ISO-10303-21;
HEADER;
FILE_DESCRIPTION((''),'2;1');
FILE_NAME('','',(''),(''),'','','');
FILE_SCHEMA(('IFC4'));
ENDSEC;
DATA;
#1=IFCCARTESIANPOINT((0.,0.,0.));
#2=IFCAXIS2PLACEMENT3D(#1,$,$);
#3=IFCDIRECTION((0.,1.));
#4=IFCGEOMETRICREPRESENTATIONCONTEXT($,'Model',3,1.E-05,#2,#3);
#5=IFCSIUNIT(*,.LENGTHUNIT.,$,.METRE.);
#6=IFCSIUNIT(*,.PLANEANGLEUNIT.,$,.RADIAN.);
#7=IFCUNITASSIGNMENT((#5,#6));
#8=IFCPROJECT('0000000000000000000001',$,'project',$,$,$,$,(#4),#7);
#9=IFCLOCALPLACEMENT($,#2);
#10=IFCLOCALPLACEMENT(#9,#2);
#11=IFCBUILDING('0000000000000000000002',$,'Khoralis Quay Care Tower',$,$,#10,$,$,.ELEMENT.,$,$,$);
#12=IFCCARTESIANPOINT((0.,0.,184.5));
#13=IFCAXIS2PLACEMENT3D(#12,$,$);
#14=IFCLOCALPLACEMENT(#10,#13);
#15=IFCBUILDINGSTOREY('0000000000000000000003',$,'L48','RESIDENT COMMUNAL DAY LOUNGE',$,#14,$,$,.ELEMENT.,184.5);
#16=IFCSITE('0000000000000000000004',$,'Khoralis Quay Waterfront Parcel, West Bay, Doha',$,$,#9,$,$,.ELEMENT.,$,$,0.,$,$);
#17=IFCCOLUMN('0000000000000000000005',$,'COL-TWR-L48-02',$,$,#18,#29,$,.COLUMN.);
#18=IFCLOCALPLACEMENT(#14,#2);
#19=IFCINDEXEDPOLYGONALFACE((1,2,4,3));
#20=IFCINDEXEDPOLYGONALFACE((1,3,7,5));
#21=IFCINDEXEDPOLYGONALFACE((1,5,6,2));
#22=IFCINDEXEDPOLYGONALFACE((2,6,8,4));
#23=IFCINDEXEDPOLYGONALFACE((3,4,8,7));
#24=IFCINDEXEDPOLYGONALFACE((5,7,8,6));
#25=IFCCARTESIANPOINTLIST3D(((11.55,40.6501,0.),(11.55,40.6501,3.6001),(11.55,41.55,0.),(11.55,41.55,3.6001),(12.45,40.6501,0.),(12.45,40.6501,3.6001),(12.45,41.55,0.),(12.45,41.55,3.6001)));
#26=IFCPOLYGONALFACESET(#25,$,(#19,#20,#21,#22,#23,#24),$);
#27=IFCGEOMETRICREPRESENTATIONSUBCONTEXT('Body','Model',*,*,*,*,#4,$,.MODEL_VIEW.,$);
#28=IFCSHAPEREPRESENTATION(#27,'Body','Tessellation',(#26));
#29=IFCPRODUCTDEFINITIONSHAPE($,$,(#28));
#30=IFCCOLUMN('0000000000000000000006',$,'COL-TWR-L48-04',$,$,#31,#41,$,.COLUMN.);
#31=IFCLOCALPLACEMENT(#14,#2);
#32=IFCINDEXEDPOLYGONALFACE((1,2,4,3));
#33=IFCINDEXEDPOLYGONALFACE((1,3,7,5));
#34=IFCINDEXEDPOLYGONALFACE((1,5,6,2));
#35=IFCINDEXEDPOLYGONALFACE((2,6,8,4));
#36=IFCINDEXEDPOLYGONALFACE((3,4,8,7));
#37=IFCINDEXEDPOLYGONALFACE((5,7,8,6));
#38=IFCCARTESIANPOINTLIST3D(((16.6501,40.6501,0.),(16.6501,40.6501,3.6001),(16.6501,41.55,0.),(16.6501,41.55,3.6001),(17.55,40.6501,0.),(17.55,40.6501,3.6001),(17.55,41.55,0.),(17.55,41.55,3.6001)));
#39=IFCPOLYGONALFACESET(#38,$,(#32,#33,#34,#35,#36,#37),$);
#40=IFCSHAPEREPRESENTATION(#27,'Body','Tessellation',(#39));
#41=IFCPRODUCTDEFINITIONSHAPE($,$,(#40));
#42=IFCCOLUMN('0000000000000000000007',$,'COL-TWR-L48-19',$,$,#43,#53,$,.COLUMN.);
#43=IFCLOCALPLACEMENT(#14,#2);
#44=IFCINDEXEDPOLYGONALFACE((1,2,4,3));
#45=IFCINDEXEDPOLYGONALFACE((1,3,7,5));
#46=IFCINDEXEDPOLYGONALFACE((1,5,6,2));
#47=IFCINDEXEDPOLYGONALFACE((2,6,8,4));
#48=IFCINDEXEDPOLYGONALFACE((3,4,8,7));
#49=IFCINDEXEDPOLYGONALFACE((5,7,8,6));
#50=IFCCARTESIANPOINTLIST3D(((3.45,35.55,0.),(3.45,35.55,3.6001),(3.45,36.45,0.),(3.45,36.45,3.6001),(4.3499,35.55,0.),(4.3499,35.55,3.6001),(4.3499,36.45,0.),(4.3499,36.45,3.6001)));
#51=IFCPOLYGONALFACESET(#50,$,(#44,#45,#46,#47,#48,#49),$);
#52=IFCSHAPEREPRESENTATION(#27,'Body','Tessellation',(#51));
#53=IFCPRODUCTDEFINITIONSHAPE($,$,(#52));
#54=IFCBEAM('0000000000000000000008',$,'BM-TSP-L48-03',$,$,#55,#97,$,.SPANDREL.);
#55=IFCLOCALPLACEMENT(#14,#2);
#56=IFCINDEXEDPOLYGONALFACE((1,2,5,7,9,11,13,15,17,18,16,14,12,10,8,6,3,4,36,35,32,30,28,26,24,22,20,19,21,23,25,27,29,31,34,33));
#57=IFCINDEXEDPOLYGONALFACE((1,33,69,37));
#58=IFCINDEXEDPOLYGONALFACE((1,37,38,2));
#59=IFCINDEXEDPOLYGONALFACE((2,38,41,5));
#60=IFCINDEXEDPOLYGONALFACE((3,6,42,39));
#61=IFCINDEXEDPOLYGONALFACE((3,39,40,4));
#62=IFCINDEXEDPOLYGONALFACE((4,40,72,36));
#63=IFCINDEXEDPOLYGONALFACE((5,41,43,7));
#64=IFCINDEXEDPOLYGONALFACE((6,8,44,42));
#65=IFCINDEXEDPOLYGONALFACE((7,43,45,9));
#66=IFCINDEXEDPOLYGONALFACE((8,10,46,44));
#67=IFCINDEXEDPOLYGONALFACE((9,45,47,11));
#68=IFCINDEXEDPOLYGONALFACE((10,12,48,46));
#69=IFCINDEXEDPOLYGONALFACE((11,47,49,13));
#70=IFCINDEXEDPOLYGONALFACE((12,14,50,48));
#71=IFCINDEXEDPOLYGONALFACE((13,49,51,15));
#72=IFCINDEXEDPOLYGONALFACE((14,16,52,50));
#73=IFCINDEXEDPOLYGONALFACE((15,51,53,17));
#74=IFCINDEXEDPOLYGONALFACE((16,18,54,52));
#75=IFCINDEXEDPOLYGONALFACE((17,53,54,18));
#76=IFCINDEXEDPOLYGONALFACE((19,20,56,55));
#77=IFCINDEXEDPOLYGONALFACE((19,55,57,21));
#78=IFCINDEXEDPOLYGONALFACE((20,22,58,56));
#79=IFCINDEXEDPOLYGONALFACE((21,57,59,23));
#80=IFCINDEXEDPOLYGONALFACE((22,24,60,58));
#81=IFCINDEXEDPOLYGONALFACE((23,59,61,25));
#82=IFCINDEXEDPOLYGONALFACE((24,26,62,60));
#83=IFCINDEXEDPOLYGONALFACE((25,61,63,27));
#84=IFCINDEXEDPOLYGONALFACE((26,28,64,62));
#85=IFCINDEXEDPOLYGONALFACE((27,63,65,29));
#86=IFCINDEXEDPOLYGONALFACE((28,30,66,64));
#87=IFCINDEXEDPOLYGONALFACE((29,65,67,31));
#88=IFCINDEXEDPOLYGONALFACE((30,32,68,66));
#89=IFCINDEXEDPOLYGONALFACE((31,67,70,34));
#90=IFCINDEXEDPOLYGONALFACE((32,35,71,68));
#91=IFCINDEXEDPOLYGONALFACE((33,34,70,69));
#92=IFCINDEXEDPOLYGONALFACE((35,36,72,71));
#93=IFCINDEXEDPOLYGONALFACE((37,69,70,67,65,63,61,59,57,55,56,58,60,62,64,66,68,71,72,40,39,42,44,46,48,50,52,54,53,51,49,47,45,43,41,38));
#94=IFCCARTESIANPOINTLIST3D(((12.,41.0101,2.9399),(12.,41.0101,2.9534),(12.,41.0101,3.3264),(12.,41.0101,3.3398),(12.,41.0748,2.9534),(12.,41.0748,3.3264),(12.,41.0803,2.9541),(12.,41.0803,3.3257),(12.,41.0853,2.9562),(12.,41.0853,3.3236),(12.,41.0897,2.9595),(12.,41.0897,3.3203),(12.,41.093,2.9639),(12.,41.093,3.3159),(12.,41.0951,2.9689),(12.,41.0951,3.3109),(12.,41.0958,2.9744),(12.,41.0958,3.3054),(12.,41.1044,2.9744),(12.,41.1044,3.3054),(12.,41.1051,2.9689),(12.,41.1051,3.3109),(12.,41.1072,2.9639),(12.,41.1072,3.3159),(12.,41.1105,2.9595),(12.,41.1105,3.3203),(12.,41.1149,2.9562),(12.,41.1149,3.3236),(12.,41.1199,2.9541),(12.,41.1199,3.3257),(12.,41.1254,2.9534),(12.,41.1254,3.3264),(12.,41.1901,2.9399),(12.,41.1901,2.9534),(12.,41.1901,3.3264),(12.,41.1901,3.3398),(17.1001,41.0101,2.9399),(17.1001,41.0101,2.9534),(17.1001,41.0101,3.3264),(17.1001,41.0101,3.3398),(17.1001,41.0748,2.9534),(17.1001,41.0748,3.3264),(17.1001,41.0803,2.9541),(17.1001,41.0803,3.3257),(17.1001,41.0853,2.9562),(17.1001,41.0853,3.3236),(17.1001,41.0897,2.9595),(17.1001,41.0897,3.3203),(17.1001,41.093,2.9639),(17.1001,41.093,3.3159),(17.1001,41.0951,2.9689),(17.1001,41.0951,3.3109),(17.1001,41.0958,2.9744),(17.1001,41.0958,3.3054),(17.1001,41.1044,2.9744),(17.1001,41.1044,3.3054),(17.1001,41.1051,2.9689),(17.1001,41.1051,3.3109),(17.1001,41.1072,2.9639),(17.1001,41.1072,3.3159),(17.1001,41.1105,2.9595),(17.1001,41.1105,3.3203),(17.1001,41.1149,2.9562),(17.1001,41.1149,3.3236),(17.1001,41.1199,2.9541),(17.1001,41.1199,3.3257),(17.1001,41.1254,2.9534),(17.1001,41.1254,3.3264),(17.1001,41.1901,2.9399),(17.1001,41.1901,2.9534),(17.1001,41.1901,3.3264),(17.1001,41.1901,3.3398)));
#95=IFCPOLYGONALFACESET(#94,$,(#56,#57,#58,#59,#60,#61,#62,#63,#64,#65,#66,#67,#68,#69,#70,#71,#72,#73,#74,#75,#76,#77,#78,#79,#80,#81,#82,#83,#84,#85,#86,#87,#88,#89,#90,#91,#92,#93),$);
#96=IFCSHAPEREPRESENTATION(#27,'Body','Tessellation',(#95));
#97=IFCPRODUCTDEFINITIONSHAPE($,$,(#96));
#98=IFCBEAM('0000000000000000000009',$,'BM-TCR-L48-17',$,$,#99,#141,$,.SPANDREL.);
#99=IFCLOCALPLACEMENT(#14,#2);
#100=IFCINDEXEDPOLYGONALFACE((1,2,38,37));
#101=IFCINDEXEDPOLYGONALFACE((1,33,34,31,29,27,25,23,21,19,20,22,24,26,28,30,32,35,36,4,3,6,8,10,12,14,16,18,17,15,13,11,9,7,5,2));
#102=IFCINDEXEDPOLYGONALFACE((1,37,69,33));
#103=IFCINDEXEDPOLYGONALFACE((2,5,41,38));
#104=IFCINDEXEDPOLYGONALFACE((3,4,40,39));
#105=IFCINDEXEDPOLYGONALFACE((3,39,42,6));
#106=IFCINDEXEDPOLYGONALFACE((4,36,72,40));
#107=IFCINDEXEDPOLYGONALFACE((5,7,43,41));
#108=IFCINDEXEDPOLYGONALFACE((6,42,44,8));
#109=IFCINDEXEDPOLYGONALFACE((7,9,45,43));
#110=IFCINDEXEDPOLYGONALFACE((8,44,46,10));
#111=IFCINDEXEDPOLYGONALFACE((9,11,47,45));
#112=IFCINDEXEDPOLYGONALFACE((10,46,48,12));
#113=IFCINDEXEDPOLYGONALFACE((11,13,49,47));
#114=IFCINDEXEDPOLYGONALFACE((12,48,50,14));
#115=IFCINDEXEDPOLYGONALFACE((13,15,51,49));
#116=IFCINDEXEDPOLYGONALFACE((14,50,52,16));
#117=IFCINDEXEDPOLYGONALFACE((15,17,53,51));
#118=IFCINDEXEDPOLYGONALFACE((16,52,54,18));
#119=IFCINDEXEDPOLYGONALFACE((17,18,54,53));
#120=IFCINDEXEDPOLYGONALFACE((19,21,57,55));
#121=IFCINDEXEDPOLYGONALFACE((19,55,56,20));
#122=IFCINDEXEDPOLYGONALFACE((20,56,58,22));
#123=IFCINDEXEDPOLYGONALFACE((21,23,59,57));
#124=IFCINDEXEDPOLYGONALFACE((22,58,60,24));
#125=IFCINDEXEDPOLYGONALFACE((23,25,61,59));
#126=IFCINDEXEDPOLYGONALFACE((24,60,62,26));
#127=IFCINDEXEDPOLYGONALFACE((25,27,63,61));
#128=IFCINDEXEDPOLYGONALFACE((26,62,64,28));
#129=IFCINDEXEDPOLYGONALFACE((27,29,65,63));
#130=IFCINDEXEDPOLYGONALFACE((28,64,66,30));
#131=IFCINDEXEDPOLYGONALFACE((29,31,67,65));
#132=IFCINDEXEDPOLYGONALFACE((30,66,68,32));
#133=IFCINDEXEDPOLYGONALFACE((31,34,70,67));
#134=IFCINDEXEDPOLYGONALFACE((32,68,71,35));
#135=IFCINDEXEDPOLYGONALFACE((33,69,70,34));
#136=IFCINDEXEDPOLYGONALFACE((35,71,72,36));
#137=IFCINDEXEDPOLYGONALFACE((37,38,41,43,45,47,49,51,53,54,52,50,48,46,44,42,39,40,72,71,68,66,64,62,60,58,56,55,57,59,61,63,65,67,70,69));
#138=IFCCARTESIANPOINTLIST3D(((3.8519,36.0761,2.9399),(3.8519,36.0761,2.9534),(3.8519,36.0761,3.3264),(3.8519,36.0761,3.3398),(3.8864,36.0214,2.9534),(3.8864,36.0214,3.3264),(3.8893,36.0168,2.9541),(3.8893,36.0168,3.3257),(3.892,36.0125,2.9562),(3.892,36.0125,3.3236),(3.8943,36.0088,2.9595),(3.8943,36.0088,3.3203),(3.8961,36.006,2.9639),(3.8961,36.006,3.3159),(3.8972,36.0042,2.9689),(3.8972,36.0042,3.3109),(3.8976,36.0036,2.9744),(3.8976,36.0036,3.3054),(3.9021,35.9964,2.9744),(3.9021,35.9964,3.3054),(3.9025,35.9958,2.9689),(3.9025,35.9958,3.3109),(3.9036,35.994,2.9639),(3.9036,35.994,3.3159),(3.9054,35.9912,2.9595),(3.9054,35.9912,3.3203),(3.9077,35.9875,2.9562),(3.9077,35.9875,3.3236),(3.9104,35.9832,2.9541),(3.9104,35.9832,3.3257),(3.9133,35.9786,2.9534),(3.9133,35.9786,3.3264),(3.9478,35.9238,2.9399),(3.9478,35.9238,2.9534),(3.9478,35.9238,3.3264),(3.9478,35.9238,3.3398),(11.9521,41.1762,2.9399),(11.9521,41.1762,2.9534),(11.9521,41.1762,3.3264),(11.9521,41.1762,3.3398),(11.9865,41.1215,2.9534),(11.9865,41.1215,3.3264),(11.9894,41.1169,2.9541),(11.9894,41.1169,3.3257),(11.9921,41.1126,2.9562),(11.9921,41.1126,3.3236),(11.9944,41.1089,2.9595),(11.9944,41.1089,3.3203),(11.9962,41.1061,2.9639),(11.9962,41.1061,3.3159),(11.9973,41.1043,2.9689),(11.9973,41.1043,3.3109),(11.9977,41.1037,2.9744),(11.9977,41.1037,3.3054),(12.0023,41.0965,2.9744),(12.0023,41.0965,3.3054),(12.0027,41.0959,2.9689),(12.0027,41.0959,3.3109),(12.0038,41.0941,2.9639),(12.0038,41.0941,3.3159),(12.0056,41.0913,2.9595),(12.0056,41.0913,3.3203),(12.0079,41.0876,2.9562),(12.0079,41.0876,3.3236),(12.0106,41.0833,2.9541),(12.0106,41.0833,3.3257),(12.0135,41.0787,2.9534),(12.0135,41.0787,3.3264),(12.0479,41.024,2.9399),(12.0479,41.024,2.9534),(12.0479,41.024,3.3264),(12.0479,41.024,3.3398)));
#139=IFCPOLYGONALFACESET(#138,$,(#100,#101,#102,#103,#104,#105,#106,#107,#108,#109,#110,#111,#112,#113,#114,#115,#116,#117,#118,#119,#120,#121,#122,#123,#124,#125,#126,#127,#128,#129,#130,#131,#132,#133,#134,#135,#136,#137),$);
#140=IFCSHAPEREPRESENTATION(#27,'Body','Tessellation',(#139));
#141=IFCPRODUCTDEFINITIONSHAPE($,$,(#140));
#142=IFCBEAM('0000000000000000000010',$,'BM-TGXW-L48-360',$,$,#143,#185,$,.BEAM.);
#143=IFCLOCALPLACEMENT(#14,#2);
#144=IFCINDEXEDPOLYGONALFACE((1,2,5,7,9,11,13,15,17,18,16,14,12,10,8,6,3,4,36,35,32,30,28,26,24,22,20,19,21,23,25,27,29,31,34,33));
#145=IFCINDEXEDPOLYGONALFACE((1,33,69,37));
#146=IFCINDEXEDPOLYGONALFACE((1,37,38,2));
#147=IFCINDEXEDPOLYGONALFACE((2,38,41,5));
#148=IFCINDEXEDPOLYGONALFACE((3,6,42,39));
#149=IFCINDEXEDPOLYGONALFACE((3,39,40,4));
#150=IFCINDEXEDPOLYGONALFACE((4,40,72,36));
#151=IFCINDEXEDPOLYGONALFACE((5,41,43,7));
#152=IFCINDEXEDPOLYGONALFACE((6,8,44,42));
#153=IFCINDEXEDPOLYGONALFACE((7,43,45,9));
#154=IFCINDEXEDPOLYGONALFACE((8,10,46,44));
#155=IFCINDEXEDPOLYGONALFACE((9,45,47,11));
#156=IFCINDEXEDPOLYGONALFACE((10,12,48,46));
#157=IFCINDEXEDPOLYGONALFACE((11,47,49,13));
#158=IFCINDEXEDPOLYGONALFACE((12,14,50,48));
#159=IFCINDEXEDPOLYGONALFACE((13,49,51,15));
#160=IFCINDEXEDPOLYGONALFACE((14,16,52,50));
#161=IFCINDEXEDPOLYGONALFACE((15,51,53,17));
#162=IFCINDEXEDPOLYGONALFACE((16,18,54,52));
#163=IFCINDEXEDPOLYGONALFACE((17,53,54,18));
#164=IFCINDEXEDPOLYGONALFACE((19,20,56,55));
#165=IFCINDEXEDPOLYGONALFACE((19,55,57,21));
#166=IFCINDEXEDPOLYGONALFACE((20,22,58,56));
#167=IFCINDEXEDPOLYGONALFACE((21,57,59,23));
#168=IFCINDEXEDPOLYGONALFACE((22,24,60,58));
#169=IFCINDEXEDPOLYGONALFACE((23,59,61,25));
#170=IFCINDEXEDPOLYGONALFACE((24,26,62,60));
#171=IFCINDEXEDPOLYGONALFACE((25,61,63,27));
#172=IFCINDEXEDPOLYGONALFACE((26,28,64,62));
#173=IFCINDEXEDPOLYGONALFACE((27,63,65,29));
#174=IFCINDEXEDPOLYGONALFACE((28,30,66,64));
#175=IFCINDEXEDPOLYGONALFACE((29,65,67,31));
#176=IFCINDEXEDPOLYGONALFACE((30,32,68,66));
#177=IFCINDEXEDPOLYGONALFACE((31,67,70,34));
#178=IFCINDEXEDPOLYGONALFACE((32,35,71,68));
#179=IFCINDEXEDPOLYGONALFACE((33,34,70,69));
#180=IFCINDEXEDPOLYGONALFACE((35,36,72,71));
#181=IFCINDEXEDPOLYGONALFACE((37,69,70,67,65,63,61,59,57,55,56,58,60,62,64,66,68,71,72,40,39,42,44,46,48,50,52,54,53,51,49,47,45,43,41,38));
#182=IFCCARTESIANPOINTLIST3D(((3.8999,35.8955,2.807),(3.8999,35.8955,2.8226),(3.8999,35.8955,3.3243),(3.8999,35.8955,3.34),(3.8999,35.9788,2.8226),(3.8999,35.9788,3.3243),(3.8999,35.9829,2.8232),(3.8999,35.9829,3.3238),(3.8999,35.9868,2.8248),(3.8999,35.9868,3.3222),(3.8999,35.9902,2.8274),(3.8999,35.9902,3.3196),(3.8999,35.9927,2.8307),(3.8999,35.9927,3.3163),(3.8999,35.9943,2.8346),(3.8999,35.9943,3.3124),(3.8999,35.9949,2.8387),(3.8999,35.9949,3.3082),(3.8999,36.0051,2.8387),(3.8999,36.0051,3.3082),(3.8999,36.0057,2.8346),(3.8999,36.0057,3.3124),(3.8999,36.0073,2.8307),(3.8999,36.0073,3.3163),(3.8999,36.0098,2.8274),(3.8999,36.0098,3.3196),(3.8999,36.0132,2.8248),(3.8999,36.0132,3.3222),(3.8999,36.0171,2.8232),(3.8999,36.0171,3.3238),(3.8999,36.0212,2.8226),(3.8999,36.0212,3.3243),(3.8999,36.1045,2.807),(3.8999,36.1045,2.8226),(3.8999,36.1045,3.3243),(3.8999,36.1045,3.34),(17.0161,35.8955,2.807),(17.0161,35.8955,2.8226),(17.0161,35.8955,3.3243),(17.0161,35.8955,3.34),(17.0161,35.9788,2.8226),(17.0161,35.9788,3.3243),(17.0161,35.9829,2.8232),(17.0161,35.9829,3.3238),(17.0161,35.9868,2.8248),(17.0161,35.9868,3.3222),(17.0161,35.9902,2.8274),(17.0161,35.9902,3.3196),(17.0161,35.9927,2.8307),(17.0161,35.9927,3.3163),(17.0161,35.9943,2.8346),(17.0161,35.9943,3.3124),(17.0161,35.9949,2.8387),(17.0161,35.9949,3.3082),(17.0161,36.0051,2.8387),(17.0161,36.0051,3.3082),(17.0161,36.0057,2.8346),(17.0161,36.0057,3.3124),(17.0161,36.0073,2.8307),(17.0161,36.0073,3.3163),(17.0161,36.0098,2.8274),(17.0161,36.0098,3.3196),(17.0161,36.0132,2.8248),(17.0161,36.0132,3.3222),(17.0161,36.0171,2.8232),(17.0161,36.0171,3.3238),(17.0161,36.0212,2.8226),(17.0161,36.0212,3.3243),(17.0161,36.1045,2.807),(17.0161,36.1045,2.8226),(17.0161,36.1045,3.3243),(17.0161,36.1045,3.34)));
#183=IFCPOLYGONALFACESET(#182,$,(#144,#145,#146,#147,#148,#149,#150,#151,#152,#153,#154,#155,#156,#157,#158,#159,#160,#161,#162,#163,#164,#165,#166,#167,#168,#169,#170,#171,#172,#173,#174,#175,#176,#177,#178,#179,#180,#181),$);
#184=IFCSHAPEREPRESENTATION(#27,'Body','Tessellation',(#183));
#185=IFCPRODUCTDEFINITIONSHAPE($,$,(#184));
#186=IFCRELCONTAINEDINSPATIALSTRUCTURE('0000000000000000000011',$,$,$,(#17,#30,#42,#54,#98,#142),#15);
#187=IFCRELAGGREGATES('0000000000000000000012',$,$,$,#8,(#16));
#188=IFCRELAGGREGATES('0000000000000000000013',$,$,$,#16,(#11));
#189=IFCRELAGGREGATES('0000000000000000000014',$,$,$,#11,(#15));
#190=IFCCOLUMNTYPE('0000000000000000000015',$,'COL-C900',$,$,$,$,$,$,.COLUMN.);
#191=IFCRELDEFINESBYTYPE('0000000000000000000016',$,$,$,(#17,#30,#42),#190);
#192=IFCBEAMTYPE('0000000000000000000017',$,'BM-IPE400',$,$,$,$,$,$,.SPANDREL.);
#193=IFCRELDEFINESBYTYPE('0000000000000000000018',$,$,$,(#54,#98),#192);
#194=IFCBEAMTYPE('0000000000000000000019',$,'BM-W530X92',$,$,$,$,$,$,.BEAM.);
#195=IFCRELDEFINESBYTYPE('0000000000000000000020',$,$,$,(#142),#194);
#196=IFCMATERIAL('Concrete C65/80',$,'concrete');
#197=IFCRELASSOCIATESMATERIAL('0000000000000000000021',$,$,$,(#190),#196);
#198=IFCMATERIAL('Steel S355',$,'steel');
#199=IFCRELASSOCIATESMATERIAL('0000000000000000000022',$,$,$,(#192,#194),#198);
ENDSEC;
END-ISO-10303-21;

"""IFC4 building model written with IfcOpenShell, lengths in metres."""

from ifc_helpers import new_model, si_unit, direction, frame, origin, origin_2d, place, context, subcontext, project, spatial, rectangle, i_section, extrude, source, transform, mapped, material, material_profile, profile_set, type_object, element, save


model = new_model("IFC4")

# Units and contexts
model_context = context("Model", 3, precision=1e-05, world=origin(), true_north=direction((0.0, 1.0)))
body_context = subcontext(model_context, "Body", "Model", "MODEL_VIEW")
ifc_project = project(units=[si_unit("LENGTHUNIT", "METRE"), si_unit("PLANEANGLEUNIT", "RADIAN")], contexts=[model_context])

# Site, building, storey
site_placement = place(None, origin())
site = spatial("IfcSite", under=ifc_project, at=site_placement, Name="Khoralis Quay Waterfront Parcel, West Bay, Doha", CompositionType="ELEMENT", RefElevation=0.0)
building_placement = place(site_placement, origin())
building = spatial("IfcBuilding", under=site, at=building_placement, Name="Khoralis Quay Care Tower", CompositionType="ELEMENT")
storey_placement = place(building_placement, frame((0.0, 0.0, 184.5)))
storey = spatial("IfcBuildingStorey", under=building, at=storey_placement, Name="L48", Description="RESIDENT COMMUNAL DAY LOUNGE", CompositionType="ELEMENT", Elevation=184.5)

# Columns
ifc_material_1 = material(Name="Concrete C65/80", Category="concrete")
ifc_material_profile_1 = material_profile(ifc_material_1, rectangle(XDim=0.8999, YDim=0.8999, at=origin_2d()), Name="Concrete C65/80")
ifc_profile_set_1 = profile_set([ifc_material_profile_1], Name="Concrete C65/80")
column_type = type_object("IfcColumnType", Name="COL-C900", PredefinedType="COLUMN", material=ifc_profile_set_1)
shared_shape_1 = source(origin(), body_context, "Body", "SweptSolid", [
    extrude(rectangle(XDim=0.8999, YDim=0.8999, at=origin_2d()), origin(), (0.0, 0.0, 1.0), 3.6001),
])
for number, where, z_axis, x_axis, name in (
    (1, (12.0, 41.1001, 0.0), (0.0, 0.0, 1.0), (1.0, 0.0, 0.0), "COL-TWR-L48-02"),
    (2, (17.1001, 41.1001, 0.0), (0.0, 0.0, 1.0), (1.0, 0.0, 0.0), "COL-TWR-L48-04"),
    (3, (3.8999, 36.0, 0.0), (0.0, 0.0, 1.0), (1.0, 0.0, 0.0), "COL-TWR-L48-19"),
):
    element("IfcColumn", number, at=place(storey_placement, frame(where, z_axis=z_axis, x_axis=x_axis)), inside=storey, type_object=column_type, Name=name, PredefinedType="COLUMN", context=body_context, shape_type="MappedRepresentation", body=[
        mapped(shared_shape_1, transform((0.0, 0.0, 0.0), scale=1.0)),
    ])

# Beams
ifc_material_2 = material(Name="Steel S355", Category="steel")
ifc_material_profile_2 = material_profile(ifc_material_2, i_section(OverallWidth=0.1799, OverallDepth=0.3999, WebThickness=0.0085, FlangeThickness=0.0134, FilletRadius=0.021, at=origin_2d()), Name="Steel S355")
ifc_profile_set_2 = profile_set([ifc_material_profile_2], Name="Steel S355")
beam_type_1 = type_object("IfcBeamType", Name="BM-IPE400", PredefinedType="SPANDREL", material=ifc_profile_set_2)
shared_shape_2 = source(origin(), body_context, "Body", "SweptSolid", [
    extrude(i_section(OverallWidth=0.1799, OverallDepth=0.3999, WebThickness=0.0085, FlangeThickness=0.0134, FilletRadius=0.021, at=origin_2d()), origin(), (0.0, 0.0, 1.0), 5.1001),
])
beam_1_placement = place(storey_placement, frame((12.0, 41.1001, 3.1399), z_axis=(1.0, 0.0, 0.0), x_axis=(0.0, 1.0, 0.0)))
element("IfcBeam", 4, at=beam_1_placement, inside=storey, type_object=beam_type_1, Name="BM-TSP-L48-03", PredefinedType="SPANDREL", context=body_context, shape_type="MappedRepresentation", body=[
    mapped(shared_shape_2, transform((0.0, 0.0, 0.0), scale=1.0)),
])
shared_shape_3 = source(origin(), body_context, "Body", "SweptSolid", [
    extrude(i_section(OverallWidth=0.1799, OverallDepth=0.3999, WebThickness=0.0085, FlangeThickness=0.0134, FilletRadius=0.021, at=origin_2d()), origin(), (0.0, 0.0, 1.0), 9.572),
])
beam_2_placement = place(storey_placement, frame((12.0, 41.1001, 3.1399), z_axis=(-0.846231, -0.532816, 0.0), x_axis=(0.532816, -0.846231, 0.0)))
element("IfcBeam", 5, at=beam_2_placement, inside=storey, type_object=beam_type_1, Name="BM-TCR-L48-17", PredefinedType="SPANDREL", context=body_context, shape_type="MappedRepresentation", body=[
    mapped(shared_shape_3, transform((0.0, 0.0, 0.0), scale=1.0)),
])
ifc_material_profile_3 = material_profile(ifc_material_2, i_section(OverallWidth=0.209, OverallDepth=0.533, WebThickness=0.0103, FlangeThickness=0.0156, FilletRadius=0.0161, at=origin_2d()), Name="Steel S355")
ifc_profile_set_3 = profile_set([ifc_material_profile_3], Name="Steel S355")
beam_type_2 = type_object("IfcBeamType", Name="BM-W530X92", PredefinedType="BEAM", material=ifc_profile_set_3)
shared_shape_4 = source(origin(), body_context, "Body", "SweptSolid", [
    extrude(i_section(OverallWidth=0.209, OverallDepth=0.533, WebThickness=0.0103, FlangeThickness=0.0156, FilletRadius=0.0161, at=origin_2d()), origin(), (0.0, 0.0, 1.0), 13.1162),
])
beam_3_placement = place(storey_placement, frame((3.8999, 36.0, 3.0735), z_axis=(1.0, 0.0, 0.0), x_axis=(0.0, 1.0, 0.0)))
element("IfcBeam", 6, at=beam_3_placement, inside=storey, type_object=beam_type_2, Name="BM-TGXW-L48-360", PredefinedType="BEAM", context=body_context, shape_type="MappedRepresentation", body=[
    mapped(shared_shape_4, transform((0.0, 0.0, 0.0), scale=1.0)),
])

save(model, "model.ifc")
